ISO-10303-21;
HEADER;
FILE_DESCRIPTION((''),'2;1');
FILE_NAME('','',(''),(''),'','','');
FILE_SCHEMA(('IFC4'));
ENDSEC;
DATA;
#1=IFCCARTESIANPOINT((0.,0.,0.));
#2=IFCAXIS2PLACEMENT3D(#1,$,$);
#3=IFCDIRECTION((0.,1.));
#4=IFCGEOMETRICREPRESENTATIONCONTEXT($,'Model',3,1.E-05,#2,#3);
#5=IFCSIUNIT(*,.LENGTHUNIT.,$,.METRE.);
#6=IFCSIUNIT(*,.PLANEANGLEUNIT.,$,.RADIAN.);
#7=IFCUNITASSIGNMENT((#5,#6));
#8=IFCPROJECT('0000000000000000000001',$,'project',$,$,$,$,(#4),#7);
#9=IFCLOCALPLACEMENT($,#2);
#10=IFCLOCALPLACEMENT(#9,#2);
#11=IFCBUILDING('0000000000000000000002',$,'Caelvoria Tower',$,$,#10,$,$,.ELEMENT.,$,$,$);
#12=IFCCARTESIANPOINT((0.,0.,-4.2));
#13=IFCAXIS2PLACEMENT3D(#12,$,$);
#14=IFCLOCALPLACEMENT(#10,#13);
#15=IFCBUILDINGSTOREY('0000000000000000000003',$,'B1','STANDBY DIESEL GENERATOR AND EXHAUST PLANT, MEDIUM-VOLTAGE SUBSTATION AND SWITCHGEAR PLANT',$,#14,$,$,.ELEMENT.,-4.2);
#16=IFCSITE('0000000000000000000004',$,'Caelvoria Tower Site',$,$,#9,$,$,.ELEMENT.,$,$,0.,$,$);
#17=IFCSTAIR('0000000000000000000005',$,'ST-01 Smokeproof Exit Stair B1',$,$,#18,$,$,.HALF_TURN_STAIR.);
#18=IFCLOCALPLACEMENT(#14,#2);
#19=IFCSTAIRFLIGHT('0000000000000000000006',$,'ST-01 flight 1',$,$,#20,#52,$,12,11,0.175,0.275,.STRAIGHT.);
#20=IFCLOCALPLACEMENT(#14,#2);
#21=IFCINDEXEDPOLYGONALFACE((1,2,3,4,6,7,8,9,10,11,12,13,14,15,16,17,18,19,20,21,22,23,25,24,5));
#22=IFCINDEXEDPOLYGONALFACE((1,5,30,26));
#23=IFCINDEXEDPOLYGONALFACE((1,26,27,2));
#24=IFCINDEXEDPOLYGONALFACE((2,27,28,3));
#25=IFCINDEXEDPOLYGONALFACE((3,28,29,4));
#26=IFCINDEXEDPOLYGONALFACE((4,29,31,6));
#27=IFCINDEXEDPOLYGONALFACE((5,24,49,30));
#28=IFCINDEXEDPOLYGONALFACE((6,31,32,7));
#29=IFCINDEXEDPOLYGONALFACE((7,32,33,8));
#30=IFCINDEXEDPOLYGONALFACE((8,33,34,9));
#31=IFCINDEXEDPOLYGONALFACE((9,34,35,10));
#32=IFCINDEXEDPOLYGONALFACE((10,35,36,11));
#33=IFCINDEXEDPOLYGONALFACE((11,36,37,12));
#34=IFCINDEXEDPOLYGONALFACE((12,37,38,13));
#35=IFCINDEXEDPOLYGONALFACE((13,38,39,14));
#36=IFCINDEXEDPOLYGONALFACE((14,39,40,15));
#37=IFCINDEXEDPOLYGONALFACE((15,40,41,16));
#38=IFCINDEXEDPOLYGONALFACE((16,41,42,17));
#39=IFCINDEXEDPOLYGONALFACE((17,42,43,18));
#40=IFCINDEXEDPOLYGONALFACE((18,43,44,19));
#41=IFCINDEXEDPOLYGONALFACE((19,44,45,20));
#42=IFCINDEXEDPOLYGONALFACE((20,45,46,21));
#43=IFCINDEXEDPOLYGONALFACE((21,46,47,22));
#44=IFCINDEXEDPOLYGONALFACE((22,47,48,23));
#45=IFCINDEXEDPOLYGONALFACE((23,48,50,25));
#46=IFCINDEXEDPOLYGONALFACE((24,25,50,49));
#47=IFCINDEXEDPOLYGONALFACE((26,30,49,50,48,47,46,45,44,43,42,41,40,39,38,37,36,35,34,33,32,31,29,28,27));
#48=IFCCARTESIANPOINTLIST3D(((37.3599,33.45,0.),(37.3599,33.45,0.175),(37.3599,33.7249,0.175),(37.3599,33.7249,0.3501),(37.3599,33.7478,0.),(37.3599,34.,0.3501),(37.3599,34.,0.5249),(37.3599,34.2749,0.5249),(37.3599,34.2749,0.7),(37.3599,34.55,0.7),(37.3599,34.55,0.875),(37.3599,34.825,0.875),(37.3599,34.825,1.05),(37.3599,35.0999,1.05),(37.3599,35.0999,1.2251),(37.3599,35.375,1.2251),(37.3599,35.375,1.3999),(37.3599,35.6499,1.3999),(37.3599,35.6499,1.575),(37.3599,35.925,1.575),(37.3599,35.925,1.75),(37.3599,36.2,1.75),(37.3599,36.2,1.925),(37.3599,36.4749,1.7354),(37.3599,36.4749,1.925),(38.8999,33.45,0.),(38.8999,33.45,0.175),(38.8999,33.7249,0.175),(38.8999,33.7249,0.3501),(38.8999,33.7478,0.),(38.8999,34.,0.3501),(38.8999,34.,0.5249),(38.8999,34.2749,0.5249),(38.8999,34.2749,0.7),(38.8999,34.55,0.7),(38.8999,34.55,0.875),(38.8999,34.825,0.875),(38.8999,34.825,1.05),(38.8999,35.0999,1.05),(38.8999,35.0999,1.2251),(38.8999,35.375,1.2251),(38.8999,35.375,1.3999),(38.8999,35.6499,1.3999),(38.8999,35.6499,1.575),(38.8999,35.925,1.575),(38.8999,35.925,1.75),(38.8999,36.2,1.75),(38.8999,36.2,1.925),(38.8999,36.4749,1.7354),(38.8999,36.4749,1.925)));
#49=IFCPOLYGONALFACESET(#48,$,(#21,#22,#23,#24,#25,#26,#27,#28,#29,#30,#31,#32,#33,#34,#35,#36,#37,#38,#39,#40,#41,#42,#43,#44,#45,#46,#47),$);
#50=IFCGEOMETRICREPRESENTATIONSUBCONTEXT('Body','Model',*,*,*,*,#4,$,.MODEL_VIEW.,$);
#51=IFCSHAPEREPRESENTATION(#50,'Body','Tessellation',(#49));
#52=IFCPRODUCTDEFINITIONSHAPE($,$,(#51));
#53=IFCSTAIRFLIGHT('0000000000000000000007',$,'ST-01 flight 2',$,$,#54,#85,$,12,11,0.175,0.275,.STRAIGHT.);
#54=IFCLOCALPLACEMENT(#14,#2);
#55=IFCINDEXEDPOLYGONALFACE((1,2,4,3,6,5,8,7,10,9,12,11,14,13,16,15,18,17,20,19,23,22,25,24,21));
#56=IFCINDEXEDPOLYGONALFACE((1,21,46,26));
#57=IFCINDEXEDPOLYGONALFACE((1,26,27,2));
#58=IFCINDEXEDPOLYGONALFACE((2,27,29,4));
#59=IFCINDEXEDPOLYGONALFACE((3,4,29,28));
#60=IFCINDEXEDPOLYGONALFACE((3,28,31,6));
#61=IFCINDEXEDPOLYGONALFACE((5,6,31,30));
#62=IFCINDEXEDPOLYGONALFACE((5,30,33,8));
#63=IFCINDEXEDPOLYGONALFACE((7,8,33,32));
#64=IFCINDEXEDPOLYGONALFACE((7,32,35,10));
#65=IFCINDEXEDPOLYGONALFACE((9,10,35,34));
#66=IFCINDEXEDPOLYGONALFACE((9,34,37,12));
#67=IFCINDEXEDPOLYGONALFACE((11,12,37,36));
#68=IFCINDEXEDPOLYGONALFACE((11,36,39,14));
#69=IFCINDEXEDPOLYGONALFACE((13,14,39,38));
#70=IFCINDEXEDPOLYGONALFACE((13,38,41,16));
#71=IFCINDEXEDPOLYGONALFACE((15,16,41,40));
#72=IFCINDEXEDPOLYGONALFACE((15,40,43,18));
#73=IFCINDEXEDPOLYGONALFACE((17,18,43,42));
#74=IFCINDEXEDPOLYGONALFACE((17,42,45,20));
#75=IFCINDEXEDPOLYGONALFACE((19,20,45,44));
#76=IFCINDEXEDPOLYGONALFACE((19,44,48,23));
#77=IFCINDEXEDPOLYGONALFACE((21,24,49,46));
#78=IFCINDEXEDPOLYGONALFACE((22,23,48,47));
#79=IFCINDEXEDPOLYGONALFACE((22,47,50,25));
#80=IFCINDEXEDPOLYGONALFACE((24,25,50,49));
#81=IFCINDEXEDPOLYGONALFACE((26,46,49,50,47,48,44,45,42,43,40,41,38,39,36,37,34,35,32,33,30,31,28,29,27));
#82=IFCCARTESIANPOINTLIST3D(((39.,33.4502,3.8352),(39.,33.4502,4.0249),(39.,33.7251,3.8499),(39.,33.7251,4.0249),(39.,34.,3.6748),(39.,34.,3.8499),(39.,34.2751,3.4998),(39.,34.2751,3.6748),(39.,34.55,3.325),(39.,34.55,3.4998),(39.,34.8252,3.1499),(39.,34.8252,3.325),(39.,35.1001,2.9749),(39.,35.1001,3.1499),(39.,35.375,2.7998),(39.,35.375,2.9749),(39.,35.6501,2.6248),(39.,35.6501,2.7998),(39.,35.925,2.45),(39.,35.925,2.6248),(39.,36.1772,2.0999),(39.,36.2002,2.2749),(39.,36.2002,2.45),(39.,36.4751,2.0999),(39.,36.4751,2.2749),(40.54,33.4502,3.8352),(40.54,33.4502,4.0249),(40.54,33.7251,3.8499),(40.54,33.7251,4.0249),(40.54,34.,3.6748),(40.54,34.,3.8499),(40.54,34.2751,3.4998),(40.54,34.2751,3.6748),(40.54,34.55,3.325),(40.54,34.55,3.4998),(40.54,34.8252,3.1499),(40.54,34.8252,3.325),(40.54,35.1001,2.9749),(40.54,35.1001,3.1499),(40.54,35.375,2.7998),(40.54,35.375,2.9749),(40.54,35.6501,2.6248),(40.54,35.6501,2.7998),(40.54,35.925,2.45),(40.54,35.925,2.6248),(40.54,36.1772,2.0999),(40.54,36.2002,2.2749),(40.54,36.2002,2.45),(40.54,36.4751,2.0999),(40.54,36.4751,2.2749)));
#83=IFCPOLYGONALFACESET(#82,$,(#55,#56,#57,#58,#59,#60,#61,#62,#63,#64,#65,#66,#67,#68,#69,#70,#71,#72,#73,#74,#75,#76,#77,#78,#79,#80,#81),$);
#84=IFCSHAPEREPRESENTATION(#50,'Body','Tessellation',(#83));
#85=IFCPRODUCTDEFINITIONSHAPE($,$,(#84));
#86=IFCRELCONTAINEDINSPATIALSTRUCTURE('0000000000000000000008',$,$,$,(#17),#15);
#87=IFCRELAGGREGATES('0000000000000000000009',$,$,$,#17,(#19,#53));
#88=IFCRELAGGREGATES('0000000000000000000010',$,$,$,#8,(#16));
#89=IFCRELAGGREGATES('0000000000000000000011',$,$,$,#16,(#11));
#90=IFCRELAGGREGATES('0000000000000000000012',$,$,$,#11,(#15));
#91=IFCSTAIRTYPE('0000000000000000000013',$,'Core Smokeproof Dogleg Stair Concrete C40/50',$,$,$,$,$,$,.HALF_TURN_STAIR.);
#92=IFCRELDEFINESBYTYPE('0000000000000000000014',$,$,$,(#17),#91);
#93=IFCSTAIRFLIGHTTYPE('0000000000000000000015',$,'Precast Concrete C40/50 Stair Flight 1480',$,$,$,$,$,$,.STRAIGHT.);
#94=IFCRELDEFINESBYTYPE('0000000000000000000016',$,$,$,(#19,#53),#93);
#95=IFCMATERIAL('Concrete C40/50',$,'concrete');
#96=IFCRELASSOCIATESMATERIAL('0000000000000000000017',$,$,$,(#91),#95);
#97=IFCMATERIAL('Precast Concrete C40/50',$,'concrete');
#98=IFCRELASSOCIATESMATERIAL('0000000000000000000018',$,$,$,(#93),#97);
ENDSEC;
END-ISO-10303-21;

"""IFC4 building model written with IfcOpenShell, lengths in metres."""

from ifc_helpers import new_model, si_unit, direction, frame, origin, place, context, subcontext, project, spatial, polyline, outline, extrude, material, type_object, element, aggregate, save


model = new_model("IFC4")

# Units and contexts
model_context = context("Model", 3, precision=1e-05, world=origin(), true_north=direction((0.0, 1.0)))
body_context = subcontext(model_context, "Body", "Model", "MODEL_VIEW")
ifc_project = project(units=[si_unit("LENGTHUNIT", "METRE"), si_unit("PLANEANGLEUNIT", "RADIAN")], contexts=[model_context])

# Site, building, storey
site_placement = place(None, origin())
site = spatial("IfcSite", under=ifc_project, at=site_placement, Name="Caelvoria Tower Site", CompositionType="ELEMENT", RefElevation=0.0)
building_placement = place(site_placement, origin())
building = spatial("IfcBuilding", under=site, at=building_placement, Name="Caelvoria Tower", CompositionType="ELEMENT")
storey_placement = place(building_placement, frame((0.0, 0.0, -4.2)))
storey = spatial("IfcBuildingStorey", under=building, at=storey_placement, Name="B1", Description="STANDBY DIESEL GENERATOR AND EXHAUST PLANT, MEDIUM-VOLTAGE SUBSTATION AND SWITCHGEAR PLANT", CompositionType="ELEMENT", Elevation=-4.2)

# Stair, stair flights
ifc_material_1 = material(Name="Concrete C40/50", Category="concrete")
stair_type = type_object("IfcStairType", Name="Core Smokeproof Dogleg Stair Concrete C40/50", PredefinedType="HALF_TURN_STAIR", material=ifc_material_1)
stair_placement = place(storey_placement, origin())
stair = element("IfcStair", 1, at=stair_placement, inside=storey, type_object=stair_type, Name="ST-01 Smokeproof Exit Stair B1", PredefinedType="HALF_TURN_STAIR")
ifc_material_2 = material(Name="Precast Concrete C40/50", Category="concrete")
stair_flight_type = type_object("IfcStairFlightType", Name="Precast Concrete C40/50 Stair Flight 1480", PredefinedType="STRAIGHT", material=ifc_material_2)
stair_flight_1_placement = place(storey_placement, frame((38.1299, 33.45, 0.0), z_axis=(0.0, 0.0, 1.0), x_axis=(0.0, 1.0, 0.0)))
stair_flight_1 = element("IfcStairFlight", 2, at=stair_flight_1_placement, type_object=stair_flight_type, Name="ST-01 flight 1", NumberOfRisers=12, NumberOfTreads=11, PredefinedType="STRAIGHT", RiserHeight=0.175, TreadLength=0.275, context=body_context, shape_type="SweptSolid", body=[
    extrude(outline(polyline([(0.0, 0.0), (0.0, 0.175), (0.2749, 0.175), (0.2749, 0.3501), (0.55, 0.3501), (0.55, 0.5249), (0.825, 0.5249), (0.825, 0.7), (1.1001, 0.7), (1.1001, 0.875), (1.375, 0.875), (1.375, 1.05), (1.6499, 1.05), (1.6499, 1.2251), (1.925, 1.2251), (1.925, 1.3999), (2.2, 1.3999), (2.2, 1.575), (2.4751, 1.575), (2.4751, 1.75), (2.75, 1.75), (2.75, 1.925), (3.0249, 1.925), (3.0249, 2.1001), (3.0249, 1.7354), (0.2979, 0.0), (0.0, 0.0)])), frame((0.0, 0.77, 0.0), z_axis=(0.0, -1.0, 0.0), x_axis=(1.0, 0.0, 0.0)), (0.0, 0.0, 1.0), 1.54),
])
stair_flight_2_placement = place(storey_placement, frame((39.77, 36.4751, 2.0999), z_axis=(0.0, 0.0, 1.0), x_axis=(0.0, -1.0, 0.0)))
stair_flight_2 = element("IfcStairFlight", 3, at=stair_flight_2_placement, type_object=stair_flight_type, Name="ST-01 flight 2", NumberOfRisers=12, NumberOfTreads=11, PredefinedType="STRAIGHT", RiserHeight=0.175, TreadLength=0.275, context=body_context, shape_type="SweptSolid", body=[
    extrude(outline(polyline([(0.0, 0.0), (0.0, 0.175), (0.2749, 0.175), (0.2749, 0.3501), (0.55, 0.3501), (0.55, 0.5249), (0.825, 0.5249), (0.825, 0.7), (1.1001, 0.7), (1.1001, 0.875), (1.375, 0.875), (1.375, 1.05), (1.6499, 1.05), (1.6499, 1.2251), (1.925, 1.2251), (1.925, 1.3999), (2.2, 1.3999), (2.2, 1.575), (2.4751, 1.575), (2.4751, 1.75), (2.75, 1.75), (2.75, 1.925), (3.0249, 1.925), (3.0249, 2.1001), (3.0249, 1.7354), (0.2979, 0.0), (0.0, 0.0)])), frame((0.0, 0.77, 0.0), z_axis=(0.0, -1.0, 0.0), x_axis=(1.0, 0.0, 0.0)), (0.0, 0.0, 1.0), 1.54),
])
aggregate(stair, [stair_flight_1, stair_flight_2])

save(model, "model.ifc")
